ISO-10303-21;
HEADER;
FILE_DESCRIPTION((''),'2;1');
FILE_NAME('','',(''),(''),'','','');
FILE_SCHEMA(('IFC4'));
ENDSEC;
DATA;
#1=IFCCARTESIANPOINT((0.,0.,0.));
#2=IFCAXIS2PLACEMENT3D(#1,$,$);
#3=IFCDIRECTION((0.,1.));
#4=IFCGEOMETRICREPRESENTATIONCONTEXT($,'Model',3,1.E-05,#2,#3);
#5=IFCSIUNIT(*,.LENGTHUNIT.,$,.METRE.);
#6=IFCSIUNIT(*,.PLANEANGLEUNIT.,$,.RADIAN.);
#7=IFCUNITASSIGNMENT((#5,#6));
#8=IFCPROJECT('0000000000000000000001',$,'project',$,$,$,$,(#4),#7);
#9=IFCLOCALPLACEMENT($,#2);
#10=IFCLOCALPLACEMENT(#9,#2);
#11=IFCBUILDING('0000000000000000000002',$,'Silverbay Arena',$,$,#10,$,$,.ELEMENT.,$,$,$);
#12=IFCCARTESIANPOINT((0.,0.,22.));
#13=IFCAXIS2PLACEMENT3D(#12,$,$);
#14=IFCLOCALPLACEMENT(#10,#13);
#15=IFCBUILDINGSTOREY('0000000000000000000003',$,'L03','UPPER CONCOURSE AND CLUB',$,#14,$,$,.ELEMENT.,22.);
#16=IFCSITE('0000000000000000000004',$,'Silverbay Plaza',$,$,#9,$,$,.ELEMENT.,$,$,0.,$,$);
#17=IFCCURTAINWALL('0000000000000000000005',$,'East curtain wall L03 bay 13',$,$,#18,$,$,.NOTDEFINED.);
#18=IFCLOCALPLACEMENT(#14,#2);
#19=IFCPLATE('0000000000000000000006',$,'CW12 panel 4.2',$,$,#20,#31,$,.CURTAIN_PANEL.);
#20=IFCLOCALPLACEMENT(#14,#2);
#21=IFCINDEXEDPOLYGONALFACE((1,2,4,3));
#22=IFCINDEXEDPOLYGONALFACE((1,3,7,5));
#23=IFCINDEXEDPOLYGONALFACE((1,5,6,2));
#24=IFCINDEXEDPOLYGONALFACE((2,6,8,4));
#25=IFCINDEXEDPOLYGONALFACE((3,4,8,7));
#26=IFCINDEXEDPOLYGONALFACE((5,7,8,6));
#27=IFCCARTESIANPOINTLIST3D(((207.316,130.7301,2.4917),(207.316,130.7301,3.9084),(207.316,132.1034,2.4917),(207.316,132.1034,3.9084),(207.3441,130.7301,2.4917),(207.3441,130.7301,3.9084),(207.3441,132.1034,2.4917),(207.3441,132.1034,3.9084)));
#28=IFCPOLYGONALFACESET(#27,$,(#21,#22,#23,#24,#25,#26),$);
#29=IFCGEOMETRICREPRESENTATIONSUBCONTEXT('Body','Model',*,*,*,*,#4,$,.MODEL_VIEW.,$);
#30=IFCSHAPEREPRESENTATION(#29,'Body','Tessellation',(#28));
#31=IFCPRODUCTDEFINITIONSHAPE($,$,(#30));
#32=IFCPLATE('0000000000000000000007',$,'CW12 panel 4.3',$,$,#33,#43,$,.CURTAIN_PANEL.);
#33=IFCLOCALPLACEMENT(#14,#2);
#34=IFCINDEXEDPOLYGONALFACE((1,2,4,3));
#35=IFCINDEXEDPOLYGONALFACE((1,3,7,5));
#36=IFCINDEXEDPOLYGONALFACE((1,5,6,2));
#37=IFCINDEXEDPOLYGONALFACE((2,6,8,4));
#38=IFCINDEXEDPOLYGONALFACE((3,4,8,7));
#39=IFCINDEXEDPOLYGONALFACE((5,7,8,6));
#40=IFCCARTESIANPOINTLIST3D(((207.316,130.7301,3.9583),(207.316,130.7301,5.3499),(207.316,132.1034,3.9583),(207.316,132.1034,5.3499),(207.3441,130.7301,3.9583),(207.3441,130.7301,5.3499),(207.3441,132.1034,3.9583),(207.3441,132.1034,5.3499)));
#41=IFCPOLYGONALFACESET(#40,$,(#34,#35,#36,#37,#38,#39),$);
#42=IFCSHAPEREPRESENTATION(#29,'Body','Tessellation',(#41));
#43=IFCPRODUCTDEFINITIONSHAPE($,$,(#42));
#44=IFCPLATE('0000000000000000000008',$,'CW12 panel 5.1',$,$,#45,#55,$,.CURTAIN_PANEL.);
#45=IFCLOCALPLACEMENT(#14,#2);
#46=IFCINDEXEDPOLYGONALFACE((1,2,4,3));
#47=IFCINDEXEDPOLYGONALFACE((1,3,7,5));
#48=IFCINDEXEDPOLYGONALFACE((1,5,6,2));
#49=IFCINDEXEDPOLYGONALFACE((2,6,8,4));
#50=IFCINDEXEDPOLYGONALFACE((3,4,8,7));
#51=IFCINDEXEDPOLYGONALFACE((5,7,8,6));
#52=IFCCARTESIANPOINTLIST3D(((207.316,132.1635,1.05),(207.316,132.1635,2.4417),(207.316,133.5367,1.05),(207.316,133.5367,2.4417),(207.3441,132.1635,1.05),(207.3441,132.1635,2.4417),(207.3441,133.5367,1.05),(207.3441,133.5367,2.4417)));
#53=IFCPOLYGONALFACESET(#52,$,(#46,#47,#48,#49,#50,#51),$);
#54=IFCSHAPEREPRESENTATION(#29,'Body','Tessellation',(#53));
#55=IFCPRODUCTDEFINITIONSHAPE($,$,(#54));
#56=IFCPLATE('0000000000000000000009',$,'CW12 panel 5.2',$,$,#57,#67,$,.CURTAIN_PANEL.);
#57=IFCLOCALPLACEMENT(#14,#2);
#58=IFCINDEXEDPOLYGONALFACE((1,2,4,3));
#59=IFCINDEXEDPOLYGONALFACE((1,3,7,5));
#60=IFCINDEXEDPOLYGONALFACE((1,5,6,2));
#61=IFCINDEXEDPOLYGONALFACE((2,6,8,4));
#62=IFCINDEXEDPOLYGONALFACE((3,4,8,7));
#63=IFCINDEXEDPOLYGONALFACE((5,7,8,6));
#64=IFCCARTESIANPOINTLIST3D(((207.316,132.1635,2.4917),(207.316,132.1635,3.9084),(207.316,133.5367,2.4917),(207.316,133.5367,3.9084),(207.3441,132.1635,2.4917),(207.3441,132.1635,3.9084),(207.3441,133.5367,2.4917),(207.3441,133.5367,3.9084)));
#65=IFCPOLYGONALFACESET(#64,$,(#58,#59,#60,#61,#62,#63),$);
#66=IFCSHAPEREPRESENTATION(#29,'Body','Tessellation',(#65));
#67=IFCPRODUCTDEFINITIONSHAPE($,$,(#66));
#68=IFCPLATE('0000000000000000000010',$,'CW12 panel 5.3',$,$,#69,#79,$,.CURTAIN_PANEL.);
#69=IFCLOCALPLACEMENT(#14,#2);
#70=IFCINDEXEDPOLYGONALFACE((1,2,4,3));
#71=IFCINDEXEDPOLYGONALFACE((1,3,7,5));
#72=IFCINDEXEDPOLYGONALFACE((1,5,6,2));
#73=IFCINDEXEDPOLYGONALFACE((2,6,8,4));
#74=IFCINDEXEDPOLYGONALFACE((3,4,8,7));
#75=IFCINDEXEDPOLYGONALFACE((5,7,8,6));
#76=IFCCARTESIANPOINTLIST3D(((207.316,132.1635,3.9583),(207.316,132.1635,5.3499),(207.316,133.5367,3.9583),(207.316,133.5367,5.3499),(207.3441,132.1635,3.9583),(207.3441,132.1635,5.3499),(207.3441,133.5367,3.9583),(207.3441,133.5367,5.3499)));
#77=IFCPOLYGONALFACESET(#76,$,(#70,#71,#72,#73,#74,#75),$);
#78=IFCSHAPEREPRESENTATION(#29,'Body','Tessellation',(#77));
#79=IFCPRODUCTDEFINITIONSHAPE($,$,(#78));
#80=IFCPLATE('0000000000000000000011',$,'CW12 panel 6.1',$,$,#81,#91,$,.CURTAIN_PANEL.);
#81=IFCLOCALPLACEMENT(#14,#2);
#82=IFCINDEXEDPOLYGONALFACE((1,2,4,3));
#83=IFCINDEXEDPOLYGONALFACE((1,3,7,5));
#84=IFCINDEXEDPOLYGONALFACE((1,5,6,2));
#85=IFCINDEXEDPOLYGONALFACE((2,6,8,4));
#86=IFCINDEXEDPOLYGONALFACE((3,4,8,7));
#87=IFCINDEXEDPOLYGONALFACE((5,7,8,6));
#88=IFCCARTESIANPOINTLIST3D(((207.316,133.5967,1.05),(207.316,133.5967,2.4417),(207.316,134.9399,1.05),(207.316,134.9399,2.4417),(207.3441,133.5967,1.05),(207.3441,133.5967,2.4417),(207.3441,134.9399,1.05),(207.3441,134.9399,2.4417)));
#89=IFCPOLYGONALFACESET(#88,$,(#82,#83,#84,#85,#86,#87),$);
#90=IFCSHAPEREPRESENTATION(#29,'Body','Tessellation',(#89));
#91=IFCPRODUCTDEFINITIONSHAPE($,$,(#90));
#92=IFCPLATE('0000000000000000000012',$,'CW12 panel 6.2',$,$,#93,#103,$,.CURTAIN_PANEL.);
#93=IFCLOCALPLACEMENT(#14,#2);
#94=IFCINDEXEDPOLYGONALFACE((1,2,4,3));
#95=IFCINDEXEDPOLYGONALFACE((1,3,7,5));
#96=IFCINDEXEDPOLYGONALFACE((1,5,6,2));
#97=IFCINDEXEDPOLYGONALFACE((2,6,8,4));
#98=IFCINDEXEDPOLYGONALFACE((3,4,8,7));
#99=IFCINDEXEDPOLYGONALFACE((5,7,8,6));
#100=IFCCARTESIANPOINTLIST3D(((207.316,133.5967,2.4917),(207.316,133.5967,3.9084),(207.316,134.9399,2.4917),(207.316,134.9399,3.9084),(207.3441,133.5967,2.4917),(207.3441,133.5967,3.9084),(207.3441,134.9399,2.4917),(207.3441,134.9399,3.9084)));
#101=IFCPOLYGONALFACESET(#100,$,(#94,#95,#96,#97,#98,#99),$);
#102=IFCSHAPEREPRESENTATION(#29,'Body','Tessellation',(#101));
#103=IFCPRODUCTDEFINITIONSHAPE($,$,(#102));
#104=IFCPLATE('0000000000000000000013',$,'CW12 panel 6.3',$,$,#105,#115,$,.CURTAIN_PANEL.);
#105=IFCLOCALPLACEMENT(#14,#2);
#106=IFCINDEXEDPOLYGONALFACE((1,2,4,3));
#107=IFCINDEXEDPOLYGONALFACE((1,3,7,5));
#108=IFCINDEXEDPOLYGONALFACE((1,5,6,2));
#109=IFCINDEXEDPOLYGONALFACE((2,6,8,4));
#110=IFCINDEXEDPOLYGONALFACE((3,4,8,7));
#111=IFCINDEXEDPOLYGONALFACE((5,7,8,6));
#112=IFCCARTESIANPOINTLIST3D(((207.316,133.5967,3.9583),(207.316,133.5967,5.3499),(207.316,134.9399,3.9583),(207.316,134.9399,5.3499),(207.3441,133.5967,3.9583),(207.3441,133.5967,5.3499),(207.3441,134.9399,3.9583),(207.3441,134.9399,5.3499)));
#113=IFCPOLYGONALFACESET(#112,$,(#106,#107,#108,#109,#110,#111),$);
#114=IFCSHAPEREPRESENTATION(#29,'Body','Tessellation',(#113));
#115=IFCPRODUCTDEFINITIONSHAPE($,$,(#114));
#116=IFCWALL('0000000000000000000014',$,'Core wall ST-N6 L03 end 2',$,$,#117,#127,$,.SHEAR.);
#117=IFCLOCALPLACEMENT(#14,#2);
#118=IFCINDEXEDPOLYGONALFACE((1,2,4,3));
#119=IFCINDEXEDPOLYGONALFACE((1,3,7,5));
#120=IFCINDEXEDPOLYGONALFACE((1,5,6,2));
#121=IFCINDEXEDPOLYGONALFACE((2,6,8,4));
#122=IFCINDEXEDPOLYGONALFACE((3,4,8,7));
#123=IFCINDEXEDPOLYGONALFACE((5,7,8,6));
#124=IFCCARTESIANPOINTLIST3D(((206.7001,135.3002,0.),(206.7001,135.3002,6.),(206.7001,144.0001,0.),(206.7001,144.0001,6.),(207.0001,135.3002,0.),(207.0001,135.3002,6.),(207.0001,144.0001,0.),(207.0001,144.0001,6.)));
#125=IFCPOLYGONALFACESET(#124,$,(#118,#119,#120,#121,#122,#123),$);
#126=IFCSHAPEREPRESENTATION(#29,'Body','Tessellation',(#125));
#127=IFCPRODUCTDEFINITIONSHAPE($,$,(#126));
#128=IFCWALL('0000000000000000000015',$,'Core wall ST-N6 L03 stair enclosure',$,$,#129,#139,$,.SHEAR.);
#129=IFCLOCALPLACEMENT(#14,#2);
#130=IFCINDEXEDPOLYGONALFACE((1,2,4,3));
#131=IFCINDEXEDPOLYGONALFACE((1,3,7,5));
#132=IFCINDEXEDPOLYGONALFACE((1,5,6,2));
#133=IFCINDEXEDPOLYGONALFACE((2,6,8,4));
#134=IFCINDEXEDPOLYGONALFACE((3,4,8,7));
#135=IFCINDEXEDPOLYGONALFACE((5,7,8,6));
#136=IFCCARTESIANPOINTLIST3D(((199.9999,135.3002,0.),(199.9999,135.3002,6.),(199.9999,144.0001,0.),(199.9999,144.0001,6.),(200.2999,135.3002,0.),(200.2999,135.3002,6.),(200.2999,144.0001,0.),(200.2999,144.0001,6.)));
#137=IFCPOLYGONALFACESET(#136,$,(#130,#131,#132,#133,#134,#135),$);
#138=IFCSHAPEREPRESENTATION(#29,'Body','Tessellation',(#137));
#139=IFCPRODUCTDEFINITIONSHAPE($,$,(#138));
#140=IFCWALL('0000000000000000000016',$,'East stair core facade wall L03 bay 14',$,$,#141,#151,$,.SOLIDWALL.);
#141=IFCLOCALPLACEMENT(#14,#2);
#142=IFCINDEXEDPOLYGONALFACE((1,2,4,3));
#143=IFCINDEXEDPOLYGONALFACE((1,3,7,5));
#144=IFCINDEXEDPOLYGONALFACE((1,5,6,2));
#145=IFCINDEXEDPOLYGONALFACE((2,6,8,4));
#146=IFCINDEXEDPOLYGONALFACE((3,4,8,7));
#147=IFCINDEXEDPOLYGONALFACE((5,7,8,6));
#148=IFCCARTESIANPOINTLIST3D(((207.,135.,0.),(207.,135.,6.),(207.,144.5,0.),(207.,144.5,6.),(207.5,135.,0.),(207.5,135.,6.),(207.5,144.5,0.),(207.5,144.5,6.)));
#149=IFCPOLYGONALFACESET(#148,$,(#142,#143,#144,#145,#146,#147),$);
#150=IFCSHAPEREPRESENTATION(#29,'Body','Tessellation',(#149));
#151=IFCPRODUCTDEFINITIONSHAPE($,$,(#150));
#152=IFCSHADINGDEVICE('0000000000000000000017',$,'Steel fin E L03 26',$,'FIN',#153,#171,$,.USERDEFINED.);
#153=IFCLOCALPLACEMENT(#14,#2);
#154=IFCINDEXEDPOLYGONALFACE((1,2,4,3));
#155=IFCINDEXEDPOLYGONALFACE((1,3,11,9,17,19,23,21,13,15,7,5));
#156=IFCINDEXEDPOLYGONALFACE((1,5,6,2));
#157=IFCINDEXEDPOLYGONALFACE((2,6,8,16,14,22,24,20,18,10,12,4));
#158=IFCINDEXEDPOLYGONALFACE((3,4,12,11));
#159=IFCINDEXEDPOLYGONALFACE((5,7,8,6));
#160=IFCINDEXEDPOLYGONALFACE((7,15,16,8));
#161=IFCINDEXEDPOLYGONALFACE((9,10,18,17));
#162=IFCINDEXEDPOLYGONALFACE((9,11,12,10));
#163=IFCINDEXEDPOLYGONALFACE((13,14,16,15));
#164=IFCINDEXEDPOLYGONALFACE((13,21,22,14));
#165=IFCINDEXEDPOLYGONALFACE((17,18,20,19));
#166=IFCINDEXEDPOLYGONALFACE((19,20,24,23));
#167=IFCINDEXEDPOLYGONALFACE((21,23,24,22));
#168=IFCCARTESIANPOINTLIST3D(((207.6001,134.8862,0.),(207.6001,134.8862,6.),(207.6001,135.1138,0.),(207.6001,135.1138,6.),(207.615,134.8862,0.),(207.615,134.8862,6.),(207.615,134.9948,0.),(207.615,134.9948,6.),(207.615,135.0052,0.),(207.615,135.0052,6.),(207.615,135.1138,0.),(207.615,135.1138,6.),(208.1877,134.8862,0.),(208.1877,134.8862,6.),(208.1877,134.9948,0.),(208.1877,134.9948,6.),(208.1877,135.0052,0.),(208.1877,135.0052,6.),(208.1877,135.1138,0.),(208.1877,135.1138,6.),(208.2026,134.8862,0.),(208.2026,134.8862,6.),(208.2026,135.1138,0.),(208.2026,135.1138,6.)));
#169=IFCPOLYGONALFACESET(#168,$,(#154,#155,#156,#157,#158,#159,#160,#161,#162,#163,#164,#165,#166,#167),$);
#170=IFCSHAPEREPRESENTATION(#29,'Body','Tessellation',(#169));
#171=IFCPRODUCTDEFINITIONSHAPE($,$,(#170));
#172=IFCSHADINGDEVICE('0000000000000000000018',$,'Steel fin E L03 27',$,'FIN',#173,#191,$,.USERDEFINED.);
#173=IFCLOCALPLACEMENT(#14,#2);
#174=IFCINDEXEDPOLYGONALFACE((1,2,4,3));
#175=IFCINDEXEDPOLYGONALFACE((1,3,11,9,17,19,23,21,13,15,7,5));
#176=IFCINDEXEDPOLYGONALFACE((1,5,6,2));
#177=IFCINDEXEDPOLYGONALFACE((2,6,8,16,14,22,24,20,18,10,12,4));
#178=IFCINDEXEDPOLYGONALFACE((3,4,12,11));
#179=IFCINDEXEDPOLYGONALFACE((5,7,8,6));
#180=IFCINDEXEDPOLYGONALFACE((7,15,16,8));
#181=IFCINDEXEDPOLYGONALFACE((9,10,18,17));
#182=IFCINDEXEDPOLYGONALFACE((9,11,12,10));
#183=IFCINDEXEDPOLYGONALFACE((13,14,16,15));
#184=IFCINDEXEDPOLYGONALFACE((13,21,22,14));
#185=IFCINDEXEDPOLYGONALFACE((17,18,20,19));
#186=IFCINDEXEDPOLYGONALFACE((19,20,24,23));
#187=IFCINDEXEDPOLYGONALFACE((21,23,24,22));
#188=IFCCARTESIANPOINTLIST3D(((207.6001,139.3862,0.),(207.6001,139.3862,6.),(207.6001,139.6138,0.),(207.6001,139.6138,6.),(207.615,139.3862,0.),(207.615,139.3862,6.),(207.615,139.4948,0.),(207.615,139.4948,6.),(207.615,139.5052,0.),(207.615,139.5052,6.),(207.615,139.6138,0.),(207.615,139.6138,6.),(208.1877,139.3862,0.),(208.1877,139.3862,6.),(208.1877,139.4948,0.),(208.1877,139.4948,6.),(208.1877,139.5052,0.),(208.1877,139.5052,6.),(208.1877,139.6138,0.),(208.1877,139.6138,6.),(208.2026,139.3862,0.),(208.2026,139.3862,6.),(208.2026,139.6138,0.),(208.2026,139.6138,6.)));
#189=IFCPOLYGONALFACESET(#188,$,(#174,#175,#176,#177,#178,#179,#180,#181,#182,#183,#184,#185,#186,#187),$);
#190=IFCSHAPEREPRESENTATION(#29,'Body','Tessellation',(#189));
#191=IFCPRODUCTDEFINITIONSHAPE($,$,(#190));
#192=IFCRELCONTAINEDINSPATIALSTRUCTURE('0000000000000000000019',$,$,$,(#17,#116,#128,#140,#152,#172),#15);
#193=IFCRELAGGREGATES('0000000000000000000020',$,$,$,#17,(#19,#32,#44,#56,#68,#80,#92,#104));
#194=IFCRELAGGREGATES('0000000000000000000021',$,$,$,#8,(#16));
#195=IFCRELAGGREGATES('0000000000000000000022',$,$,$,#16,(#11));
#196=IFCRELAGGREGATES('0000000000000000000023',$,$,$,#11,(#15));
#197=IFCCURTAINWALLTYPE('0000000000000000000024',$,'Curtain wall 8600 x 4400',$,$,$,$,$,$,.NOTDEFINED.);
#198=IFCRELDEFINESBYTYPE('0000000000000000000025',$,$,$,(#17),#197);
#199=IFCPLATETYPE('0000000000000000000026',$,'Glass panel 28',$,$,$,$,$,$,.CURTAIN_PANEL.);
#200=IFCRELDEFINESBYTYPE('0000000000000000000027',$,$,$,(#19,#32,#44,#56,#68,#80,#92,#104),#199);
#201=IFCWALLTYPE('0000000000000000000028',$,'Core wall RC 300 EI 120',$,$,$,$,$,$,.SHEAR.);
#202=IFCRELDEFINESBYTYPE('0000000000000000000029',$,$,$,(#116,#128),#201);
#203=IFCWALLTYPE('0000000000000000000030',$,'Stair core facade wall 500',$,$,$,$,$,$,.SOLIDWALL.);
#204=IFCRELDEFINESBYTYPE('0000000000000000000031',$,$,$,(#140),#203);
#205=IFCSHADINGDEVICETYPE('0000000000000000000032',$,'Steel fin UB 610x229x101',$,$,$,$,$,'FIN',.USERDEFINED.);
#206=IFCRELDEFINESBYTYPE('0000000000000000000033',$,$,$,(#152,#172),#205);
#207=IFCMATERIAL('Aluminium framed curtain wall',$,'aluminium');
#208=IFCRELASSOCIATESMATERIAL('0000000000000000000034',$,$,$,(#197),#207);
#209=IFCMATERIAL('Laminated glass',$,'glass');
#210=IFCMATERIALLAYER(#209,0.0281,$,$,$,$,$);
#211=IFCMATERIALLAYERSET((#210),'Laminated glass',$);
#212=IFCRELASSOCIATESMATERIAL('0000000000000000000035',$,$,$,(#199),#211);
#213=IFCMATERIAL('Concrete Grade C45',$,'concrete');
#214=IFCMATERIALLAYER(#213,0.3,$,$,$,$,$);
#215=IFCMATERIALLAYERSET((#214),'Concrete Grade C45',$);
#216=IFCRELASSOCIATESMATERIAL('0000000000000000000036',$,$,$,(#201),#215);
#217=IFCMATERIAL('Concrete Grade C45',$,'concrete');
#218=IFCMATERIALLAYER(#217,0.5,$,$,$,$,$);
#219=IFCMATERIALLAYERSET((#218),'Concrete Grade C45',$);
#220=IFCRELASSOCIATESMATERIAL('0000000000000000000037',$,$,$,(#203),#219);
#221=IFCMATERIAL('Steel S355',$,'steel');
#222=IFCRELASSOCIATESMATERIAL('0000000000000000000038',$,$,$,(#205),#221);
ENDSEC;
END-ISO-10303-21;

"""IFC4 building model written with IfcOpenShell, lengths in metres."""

from ifc_helpers import new_model, si_unit, direction, frame, frame_2d, origin, origin_2d, place, context, subcontext, project, spatial, rectangle, i_section, extrude, material, layer, layer_set, material_profile, profile_set, type_object, element, aggregate, save


model = new_model("IFC4")

# Units and contexts
model_context = context("Model", 3, precision=1e-05, world=origin(), true_north=direction((0.0, 1.0)))
body_context = subcontext(model_context, "Body", "Model", "MODEL_VIEW")
ifc_project = project(units=[si_unit("LENGTHUNIT", "METRE"), si_unit("PLANEANGLEUNIT", "RADIAN")], contexts=[model_context])

# Site, building, storey
site_placement = place(None, origin())
site = spatial("IfcSite", under=ifc_project, at=site_placement, Name="Silverbay Plaza", CompositionType="ELEMENT", RefElevation=0.0)
building_placement = place(site_placement, origin())
building = spatial("IfcBuilding", under=site, at=building_placement, Name="Silverbay Arena", CompositionType="ELEMENT")
storey_placement = place(building_placement, frame((0.0, 0.0, 22.0)))
storey = spatial("IfcBuildingStorey", under=building, at=storey_placement, Name="L03", Description="UPPER CONCOURSE AND CLUB", CompositionType="ELEMENT", Elevation=22.0)

# Curtain wall, plates
ifc_material_1 = material(Name="Aluminium framed curtain wall", Category="aluminium")
curtain_wall_type = type_object("IfcCurtainWallType", Name="Curtain wall 8600 x 4400", PredefinedType="NOTDEFINED", material=ifc_material_1)
curtain_wall_placement = place(storey_placement, origin())
curtain_wall = element("IfcCurtainWall", 1, at=curtain_wall_placement, inside=storey, type_object=curtain_wall_type, Name="East curtain wall L03 bay 13", PredefinedType="NOTDEFINED")
ifc_material_2 = material(Name="Laminated glass", Category="glass")
ifc_layer_1 = layer(ifc_material_2, 0.0281)
ifc_layer_set_1 = layer_set([ifc_layer_1], Name="Laminated glass")
plate_type = type_object("IfcPlateType", Name="Glass panel 28", PredefinedType="CURTAIN_PANEL", material=ifc_layer_set_1)
plate_1_placement = place(storey_placement, frame((207.3301, 131.4167, 2.4917), z_axis=(0.0, 0.0, 1.0), x_axis=(0.0, 1.0, 0.0)))
plate_1 = element("IfcPlate", 2, at=plate_1_placement, type_object=plate_type, Name="CW12 panel 4.2", PredefinedType="CURTAIN_PANEL", context=body_context, shape_type="SweptSolid", body=[
    extrude(rectangle(XDim=1.3733, YDim=0.0281, at=origin_2d()), origin(), (0.0, 0.0, 1.0), 1.4167),
])
plate_2_placement = place(storey_placement, frame((207.3301, 131.4167, 3.9583), z_axis=(0.0, 0.0, 1.0), x_axis=(0.0, 1.0, 0.0)))
plate_2 = element("IfcPlate", 3, at=plate_2_placement, type_object=plate_type, Name="CW12 panel 4.3", PredefinedType="CURTAIN_PANEL", context=body_context, shape_type="SweptSolid", body=[
    extrude(rectangle(XDim=1.3733, YDim=0.0281, at=origin_2d()), origin(), (0.0, 0.0, 1.0), 1.3916),
])
plate_3_placement = place(storey_placement, frame((207.3301, 132.8501, 1.05), z_axis=(0.0, 0.0, 1.0), x_axis=(0.0, 1.0, 0.0)))
plate_3 = element("IfcPlate", 4, at=plate_3_placement, type_object=plate_type, Name="CW12 panel 5.1", PredefinedType="CURTAIN_PANEL", context=body_context, shape_type="SweptSolid", body=[
    extrude(rectangle(XDim=1.3733, YDim=0.0281, at=origin_2d()), origin(), (0.0, 0.0, 1.0), 1.3916),
])
plate_4_placement = place(storey_placement, frame((207.3301, 132.8501, 2.4917), z_axis=(0.0, 0.0, 1.0), x_axis=(0.0, 1.0, 0.0)))
plate_4 = element("IfcPlate", 5, at=plate_4_placement, type_object=plate_type, Name="CW12 panel 5.2", PredefinedType="CURTAIN_PANEL", context=body_context, shape_type="SweptSolid", body=[
    extrude(rectangle(XDim=1.3733, YDim=0.0281, at=origin_2d()), origin(), (0.0, 0.0, 1.0), 1.4167),
])
plate_5_placement = place(storey_placement, frame((207.3301, 132.8501, 3.9583), z_axis=(0.0, 0.0, 1.0), x_axis=(0.0, 1.0, 0.0)))
plate_5 = element("IfcPlate", 6, at=plate_5_placement, type_object=plate_type, Name="CW12 panel 5.3", PredefinedType="CURTAIN_PANEL", context=body_context, shape_type="SweptSolid", body=[
    extrude(rectangle(XDim=1.3733, YDim=0.0281, at=origin_2d()), origin(), (0.0, 0.0, 1.0), 1.3916),
])
plate_6_placement = place(storey_placement, frame((207.3301, 134.2683, 1.05), z_axis=(0.0, 0.0, 1.0), x_axis=(0.0, 1.0, 0.0)))
plate_6 = element("IfcPlate", 7, at=plate_6_placement, type_object=plate_type, Name="CW12 panel 6.1", PredefinedType="CURTAIN_PANEL", context=body_context, shape_type="SweptSolid", body=[
    extrude(rectangle(XDim=1.3433, YDim=0.0281, at=origin_2d()), origin(), (0.0, 0.0, 1.0), 1.3916),
])
plate_7_placement = place(storey_placement, frame((207.3301, 134.2683, 2.4917), z_axis=(0.0, 0.0, 1.0), x_axis=(0.0, 1.0, 0.0)))
plate_7 = element("IfcPlate", 8, at=plate_7_placement, type_object=plate_type, Name="CW12 panel 6.2", PredefinedType="CURTAIN_PANEL", context=body_context, shape_type="SweptSolid", body=[
    extrude(rectangle(XDim=1.3433, YDim=0.0281, at=origin_2d()), origin(), (0.0, 0.0, 1.0), 1.4167),
])
plate_8_placement = place(storey_placement, frame((207.3301, 134.2683, 3.9583), z_axis=(0.0, 0.0, 1.0), x_axis=(0.0, 1.0, 0.0)))
plate_8 = element("IfcPlate", 9, at=plate_8_placement, type_object=plate_type, Name="CW12 panel 6.3", PredefinedType="CURTAIN_PANEL", context=body_context, shape_type="SweptSolid", body=[
    extrude(rectangle(XDim=1.3433, YDim=0.0281, at=origin_2d()), origin(), (0.0, 0.0, 1.0), 1.3916),
])
aggregate(curtain_wall, [plate_1, plate_2, plate_3, plate_4, plate_5, plate_6, plate_7, plate_8])

# Walls
ifc_material_3 = material(Name="Concrete Grade C45", Category="concrete")
ifc_layer_2 = layer(ifc_material_3, 0.3)
ifc_layer_set_2 = layer_set([ifc_layer_2], Name="Concrete Grade C45")
wall_type_1 = type_object("IfcWallType", Name="Core wall RC 300 EI 120", PredefinedType="SHEAR", material=ifc_layer_set_2)
for number, where, z_axis, x_axis, name in (
    (10, (206.8501, 135.3, 0.0), (0.0, 0.0, 1.0), (0.0, 1.0, 0.0), "Core wall ST-N6 L03 end 2"),
    (11, (200.1499, 135.3, 0.0), (0.0, 0.0, 1.0), (0.0, 1.0, 0.0), "Core wall ST-N6 L03 stair enclosure"),
):
    element("IfcWall", number, at=place(storey_placement, frame(where, z_axis=z_axis, x_axis=x_axis)), inside=storey, type_object=wall_type_1, Name=name, PredefinedType="SHEAR", context=body_context, shape_type="SweptSolid", body=[
        extrude(rectangle(XDim=8.7, YDim=0.3, at=frame_2d((4.3501, 0.0))), origin(), (0.0, 0.0, 1.0), 6.0),
    ])
ifc_material_4 = material(Name="Concrete Grade C45", Category="concrete")
ifc_layer_3 = layer(ifc_material_4, 0.5)
ifc_layer_set_3 = layer_set([ifc_layer_3], Name="Concrete Grade C45")
wall_type_2 = type_object("IfcWallType", Name="Stair core facade wall 500", PredefinedType="SOLIDWALL", material=ifc_layer_set_3)
wall_placement = place(storey_placement, frame((207.25, 135.0, 0.0), z_axis=(0.0, 0.0, 1.0), x_axis=(0.0, 1.0, 0.0)))
element("IfcWall", 12, at=wall_placement, inside=storey, type_object=wall_type_2, Name="East stair core facade wall L03 bay 14", PredefinedType="SOLIDWALL", context=body_context, shape_type="SweptSolid", body=[
    extrude(rectangle(XDim=9.5, YDim=0.5, at=frame_2d((4.75, 0.0))), origin(), (0.0, 0.0, 1.0), 6.0),
])

# Shading devices
ifc_material_5 = material(Name="Steel S355", Category="steel")
ifc_material_profile_1 = material_profile(ifc_material_5, i_section(OverallWidth=0.2275, OverallDepth=0.6025, WebThickness=0.0105, FlangeThickness=0.0149, at=origin_2d()), Name="UB 610x229x101")
ifc_profile_set_1 = profile_set([ifc_material_profile_1], Name="Steel S355")
shading_device_type = type_object("IfcShadingDeviceType", Name="Steel fin UB 610x229x101", ElementType="FIN", PredefinedType="USERDEFINED", material=ifc_profile_set_1)
for number, where, z_axis, x_axis, name in (
    (13, (207.9014, 135.0, 0.0), (0.0, 0.0, 1.0), (0.0, 1.0, 0.0), "Steel fin E L03 26"),
    (14, (207.9014, 139.5, 0.0), (0.0, 0.0, 1.0), (0.0, 1.0, 0.0), "Steel fin E L03 27"),
):
    element("IfcShadingDevice", number, at=place(storey_placement, frame(where, z_axis=z_axis, x_axis=x_axis)), inside=storey, type_object=shading_device_type, Name=name, ObjectType="FIN", PredefinedType="USERDEFINED", context=body_context, shape_type="SweptSolid", body=[
        extrude(i_section(OverallWidth=0.2275, OverallDepth=0.6025, WebThickness=0.0105, FlangeThickness=0.0149, at=origin_2d()), origin(), (0.0, 0.0, 1.0), 6.0),
    ])

save(model, "model.ifc")
